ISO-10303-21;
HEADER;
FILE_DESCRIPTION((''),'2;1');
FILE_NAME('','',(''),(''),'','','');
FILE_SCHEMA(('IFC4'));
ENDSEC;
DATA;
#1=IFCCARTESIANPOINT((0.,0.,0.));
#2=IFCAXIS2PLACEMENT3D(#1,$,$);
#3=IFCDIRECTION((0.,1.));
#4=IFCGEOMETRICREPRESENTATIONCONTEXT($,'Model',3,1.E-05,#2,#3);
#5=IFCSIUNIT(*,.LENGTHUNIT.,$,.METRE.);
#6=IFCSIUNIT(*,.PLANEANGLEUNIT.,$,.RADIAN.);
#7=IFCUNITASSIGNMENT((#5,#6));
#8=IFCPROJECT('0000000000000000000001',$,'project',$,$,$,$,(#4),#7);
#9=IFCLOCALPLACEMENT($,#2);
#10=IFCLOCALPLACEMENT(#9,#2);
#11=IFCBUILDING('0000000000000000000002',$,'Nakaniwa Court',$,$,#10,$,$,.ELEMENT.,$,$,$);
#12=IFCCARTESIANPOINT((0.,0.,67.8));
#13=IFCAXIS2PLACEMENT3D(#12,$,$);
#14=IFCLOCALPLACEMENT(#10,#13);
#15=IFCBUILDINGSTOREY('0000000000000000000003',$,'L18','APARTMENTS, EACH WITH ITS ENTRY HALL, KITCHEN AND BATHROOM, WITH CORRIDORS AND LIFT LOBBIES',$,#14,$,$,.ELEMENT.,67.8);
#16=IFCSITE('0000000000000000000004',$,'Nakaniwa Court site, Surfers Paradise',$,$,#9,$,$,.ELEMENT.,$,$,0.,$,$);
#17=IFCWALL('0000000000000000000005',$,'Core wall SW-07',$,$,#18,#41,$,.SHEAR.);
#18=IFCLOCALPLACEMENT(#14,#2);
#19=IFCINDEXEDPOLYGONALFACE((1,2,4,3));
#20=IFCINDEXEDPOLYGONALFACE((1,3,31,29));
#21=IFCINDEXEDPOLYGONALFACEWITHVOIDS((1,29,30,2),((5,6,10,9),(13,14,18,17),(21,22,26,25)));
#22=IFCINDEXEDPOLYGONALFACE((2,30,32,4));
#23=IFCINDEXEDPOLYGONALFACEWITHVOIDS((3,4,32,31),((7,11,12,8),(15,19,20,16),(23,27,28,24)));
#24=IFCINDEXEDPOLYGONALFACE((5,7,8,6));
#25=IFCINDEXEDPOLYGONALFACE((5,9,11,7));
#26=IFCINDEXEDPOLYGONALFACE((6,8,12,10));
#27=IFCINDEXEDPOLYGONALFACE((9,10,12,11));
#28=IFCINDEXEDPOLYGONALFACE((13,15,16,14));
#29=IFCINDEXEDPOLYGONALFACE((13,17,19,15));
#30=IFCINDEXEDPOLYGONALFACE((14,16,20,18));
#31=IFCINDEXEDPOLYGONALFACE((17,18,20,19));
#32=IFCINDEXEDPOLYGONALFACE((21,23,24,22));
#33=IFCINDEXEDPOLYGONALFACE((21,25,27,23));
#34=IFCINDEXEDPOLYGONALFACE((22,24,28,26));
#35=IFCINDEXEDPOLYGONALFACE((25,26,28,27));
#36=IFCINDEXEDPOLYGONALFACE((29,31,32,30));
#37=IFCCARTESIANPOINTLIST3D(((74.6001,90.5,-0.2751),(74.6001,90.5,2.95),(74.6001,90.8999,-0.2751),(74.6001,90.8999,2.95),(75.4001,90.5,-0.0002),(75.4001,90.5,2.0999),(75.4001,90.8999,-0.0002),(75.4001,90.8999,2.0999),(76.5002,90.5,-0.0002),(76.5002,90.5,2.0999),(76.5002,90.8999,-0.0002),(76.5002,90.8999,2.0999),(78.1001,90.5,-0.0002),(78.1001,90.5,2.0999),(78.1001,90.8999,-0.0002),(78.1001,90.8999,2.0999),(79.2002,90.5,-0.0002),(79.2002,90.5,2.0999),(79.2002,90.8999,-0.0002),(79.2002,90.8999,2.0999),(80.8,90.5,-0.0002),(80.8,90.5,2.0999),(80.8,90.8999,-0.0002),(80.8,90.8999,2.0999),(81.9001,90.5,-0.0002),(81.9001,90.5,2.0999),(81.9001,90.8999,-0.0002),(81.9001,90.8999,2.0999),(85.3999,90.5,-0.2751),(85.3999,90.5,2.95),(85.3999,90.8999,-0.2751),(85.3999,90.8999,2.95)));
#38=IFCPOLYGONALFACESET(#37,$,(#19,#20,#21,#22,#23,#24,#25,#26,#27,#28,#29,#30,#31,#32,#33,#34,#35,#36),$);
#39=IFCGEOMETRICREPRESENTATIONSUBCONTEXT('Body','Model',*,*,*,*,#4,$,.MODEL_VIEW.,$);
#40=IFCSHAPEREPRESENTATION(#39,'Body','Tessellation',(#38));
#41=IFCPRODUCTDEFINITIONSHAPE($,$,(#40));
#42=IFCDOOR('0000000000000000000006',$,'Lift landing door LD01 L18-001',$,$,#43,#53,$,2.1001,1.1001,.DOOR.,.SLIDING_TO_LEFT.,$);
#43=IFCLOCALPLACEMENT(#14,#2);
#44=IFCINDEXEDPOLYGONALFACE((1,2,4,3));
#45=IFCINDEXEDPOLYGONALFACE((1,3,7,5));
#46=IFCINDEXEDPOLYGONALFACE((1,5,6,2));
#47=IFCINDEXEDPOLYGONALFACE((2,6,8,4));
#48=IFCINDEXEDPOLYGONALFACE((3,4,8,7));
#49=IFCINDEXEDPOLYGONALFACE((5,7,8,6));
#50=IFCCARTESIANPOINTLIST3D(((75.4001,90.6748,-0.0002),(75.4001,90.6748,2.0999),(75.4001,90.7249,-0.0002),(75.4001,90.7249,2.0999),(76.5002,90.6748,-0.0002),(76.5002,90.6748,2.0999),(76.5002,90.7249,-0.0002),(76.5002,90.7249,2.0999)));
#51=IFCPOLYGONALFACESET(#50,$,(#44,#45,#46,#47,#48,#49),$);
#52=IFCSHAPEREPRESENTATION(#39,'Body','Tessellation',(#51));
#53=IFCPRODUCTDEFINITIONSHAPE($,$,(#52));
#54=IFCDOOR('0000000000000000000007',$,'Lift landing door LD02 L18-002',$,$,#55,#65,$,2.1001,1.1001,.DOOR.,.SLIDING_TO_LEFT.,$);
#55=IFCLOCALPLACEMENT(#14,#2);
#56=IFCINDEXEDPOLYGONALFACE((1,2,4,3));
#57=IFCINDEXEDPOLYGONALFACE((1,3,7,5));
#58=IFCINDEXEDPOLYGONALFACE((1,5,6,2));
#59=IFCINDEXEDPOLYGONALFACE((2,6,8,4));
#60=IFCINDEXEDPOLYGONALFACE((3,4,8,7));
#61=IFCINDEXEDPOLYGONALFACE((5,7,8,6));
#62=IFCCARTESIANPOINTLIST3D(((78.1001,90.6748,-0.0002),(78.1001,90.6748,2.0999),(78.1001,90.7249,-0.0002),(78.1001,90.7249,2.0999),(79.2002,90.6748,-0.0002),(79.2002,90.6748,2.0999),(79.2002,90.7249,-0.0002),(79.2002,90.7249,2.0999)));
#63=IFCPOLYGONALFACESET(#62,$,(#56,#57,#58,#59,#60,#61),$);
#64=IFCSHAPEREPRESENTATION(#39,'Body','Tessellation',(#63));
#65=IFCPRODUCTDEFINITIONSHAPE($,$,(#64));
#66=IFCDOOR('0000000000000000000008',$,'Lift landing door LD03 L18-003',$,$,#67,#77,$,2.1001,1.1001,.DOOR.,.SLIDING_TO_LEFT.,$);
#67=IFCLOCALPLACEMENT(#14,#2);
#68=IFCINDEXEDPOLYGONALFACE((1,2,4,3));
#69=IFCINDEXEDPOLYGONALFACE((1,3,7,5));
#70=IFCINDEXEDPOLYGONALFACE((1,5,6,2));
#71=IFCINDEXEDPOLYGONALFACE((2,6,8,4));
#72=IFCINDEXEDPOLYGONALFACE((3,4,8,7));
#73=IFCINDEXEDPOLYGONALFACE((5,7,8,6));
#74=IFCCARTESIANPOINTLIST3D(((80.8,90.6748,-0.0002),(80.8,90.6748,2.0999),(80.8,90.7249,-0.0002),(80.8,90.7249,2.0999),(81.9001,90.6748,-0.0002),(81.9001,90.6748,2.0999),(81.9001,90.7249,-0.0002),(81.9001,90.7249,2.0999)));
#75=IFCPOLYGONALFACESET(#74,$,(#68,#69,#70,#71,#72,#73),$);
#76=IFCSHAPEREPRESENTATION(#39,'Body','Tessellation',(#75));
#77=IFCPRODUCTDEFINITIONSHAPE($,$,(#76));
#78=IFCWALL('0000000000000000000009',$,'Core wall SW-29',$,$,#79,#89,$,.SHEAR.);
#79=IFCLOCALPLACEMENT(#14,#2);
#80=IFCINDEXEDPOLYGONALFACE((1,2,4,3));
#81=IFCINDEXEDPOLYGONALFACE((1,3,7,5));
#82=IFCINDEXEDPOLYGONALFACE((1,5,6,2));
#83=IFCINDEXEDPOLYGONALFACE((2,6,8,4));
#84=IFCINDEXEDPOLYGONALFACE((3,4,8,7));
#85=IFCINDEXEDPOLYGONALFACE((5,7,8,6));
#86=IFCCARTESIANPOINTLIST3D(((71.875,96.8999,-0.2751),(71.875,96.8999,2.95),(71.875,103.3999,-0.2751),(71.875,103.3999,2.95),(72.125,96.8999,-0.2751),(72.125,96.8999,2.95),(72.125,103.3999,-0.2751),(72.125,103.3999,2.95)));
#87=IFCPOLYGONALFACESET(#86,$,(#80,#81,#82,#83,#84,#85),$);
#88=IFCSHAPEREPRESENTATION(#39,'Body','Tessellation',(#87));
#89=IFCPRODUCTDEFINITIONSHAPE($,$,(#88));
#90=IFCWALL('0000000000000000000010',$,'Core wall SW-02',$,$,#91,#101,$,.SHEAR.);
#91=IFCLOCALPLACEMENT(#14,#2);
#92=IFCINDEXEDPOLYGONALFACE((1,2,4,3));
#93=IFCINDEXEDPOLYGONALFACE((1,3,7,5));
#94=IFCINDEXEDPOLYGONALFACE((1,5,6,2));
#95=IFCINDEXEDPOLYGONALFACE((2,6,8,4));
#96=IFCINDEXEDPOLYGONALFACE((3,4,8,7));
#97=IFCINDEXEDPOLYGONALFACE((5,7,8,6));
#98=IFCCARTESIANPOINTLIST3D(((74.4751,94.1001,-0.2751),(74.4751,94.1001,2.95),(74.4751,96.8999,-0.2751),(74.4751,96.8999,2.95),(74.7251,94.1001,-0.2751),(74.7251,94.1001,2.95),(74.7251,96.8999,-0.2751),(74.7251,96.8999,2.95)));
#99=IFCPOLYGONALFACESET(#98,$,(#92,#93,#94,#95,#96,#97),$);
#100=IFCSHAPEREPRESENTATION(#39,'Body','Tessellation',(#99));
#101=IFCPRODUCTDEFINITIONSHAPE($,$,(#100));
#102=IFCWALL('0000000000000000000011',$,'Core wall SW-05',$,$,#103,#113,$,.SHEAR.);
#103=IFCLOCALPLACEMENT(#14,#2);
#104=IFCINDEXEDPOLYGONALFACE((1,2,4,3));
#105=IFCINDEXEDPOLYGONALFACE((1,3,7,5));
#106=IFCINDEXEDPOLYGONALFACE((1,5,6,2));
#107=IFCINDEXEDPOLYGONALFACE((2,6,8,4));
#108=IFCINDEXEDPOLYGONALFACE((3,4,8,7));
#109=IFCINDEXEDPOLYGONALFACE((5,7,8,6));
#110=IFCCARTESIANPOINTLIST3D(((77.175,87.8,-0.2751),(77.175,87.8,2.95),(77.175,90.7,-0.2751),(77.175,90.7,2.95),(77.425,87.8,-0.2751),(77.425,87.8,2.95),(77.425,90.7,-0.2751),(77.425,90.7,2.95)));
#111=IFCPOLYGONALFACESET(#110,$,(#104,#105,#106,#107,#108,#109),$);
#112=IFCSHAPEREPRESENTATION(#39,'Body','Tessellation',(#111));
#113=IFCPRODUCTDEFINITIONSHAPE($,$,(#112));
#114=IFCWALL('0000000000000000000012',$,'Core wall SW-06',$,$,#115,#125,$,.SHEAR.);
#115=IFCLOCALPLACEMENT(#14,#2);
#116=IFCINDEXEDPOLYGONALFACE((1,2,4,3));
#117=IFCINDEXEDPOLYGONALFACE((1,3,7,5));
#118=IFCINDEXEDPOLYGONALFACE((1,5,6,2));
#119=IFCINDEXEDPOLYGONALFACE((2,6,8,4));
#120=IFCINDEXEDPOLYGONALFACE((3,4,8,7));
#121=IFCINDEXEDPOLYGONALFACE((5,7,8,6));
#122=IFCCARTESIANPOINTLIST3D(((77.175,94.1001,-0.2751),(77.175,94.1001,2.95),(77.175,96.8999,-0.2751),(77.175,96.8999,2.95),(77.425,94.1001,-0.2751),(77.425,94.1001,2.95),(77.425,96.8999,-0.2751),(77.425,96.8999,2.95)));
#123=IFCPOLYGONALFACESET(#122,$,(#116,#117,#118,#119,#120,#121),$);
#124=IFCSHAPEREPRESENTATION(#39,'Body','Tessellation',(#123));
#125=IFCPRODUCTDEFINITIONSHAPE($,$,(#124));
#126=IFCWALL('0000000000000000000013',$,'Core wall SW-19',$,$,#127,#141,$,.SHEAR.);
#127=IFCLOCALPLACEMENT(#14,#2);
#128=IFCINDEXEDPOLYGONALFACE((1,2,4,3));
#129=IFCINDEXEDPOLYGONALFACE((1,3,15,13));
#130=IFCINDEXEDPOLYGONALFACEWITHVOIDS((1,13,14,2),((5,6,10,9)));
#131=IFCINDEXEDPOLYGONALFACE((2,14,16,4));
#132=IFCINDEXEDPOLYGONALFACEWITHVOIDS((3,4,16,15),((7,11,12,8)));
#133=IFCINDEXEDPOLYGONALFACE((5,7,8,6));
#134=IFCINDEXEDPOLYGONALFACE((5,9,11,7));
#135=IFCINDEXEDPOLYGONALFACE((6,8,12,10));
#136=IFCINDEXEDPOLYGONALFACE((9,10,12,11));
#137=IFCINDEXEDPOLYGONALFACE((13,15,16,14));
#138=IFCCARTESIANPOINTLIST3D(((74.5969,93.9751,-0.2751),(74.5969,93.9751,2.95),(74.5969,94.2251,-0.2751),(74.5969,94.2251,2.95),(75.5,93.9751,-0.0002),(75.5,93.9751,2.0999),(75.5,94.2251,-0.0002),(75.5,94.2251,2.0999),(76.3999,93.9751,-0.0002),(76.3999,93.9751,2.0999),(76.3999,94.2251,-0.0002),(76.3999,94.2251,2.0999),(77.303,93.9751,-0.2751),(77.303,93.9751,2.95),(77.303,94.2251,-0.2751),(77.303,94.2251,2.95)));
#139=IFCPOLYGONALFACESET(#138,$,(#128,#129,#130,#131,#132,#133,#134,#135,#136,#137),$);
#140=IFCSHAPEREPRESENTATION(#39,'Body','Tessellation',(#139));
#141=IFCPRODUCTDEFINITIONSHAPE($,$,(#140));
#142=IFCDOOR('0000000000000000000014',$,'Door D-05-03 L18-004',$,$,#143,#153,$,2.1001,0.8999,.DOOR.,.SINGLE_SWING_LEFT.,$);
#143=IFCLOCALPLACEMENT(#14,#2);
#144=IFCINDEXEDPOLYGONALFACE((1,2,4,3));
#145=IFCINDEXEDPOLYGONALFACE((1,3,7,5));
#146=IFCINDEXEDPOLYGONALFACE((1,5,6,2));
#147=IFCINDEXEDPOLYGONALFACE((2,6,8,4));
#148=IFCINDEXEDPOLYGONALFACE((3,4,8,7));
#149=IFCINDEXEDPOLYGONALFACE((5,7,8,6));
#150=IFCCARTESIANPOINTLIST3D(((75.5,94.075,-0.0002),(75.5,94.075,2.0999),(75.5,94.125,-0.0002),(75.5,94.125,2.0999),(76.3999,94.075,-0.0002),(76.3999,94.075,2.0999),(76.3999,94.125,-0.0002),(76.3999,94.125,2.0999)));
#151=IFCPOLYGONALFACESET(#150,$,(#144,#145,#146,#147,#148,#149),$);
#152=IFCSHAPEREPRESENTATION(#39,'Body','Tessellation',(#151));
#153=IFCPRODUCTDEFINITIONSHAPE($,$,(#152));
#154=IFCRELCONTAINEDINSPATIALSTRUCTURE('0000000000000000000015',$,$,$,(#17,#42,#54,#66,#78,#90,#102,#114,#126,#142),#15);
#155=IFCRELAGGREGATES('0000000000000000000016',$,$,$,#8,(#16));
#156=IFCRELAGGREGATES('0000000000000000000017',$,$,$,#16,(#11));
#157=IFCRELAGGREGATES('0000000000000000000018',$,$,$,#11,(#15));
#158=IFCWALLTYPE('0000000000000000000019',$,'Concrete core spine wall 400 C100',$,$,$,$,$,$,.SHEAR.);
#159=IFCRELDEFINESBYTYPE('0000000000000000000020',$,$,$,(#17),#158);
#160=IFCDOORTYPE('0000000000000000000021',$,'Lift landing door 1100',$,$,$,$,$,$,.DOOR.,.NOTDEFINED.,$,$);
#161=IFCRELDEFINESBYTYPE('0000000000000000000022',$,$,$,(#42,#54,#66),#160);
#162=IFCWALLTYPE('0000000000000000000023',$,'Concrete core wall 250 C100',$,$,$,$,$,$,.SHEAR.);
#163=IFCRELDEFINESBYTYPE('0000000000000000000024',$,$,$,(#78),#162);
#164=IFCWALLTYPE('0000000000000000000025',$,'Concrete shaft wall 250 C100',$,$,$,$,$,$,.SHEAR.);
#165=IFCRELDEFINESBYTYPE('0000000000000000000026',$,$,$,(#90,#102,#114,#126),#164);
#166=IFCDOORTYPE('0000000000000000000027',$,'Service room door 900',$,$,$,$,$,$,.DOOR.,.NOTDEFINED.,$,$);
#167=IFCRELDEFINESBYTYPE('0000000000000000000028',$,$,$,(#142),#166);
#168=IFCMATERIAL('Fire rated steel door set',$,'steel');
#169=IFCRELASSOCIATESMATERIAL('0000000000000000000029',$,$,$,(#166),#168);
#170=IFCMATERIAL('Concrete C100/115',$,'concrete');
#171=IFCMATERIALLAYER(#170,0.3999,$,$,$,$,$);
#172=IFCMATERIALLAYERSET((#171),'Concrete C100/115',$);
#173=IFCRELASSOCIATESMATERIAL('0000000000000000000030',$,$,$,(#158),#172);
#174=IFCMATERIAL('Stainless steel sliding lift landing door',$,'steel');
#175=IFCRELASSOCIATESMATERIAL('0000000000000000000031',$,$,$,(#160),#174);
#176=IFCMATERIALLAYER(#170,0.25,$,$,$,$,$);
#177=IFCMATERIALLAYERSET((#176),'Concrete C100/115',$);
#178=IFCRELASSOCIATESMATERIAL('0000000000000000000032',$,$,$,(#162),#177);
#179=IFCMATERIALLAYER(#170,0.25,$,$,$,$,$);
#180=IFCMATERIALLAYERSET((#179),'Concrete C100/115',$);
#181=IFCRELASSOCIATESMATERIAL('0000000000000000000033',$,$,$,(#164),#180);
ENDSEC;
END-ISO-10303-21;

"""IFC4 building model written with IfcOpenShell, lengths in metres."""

from ifc_helpers import new_model, si_unit, direction, frame, frame_2d, origin, place, context, subcontext, project, spatial, rectangle, extrude, material, layer, layer_set, type_object, element, fill, save


model = new_model("IFC4")

# Units and contexts
model_context = context("Model", 3, precision=1e-05, world=origin(), true_north=direction((0.0, 1.0)))
body_context = subcontext(model_context, "Body", "Model", "MODEL_VIEW")
ifc_project = project(units=[si_unit("LENGTHUNIT", "METRE"), si_unit("PLANEANGLEUNIT", "RADIAN")], contexts=[model_context])

# Site, building, storey
site_placement = place(None, origin())
site = spatial("IfcSite", under=ifc_project, at=site_placement, Name="Nakaniwa Court site, Surfers Paradise", CompositionType="ELEMENT", RefElevation=0.0)
building_placement = place(site_placement, origin())
building = spatial("IfcBuilding", under=site, at=building_placement, Name="Nakaniwa Court", CompositionType="ELEMENT")
storey_placement = place(building_placement, frame((0.0, 0.0, 67.8)))
storey = spatial("IfcBuildingStorey", under=building, at=storey_placement, Name="L18", Description="APARTMENTS, EACH WITH ITS ENTRY HALL, KITCHEN AND BATHROOM, WITH CORRIDORS AND LIFT LOBBIES", CompositionType="ELEMENT", Elevation=67.8)

# Shared definitions
ifc_material_1 = material(Name="Fire rated steel door set", Category="steel")
door_type_1 = type_object("IfcDoorType", Name="Service room door 900", OperationType="NOTDEFINED", PredefinedType="DOOR", material=ifc_material_1)

# Wall, openings, doors
ifc_material_2 = material(Name="Concrete C100/115", Category="concrete")
ifc_layer_1 = layer(ifc_material_2, 0.3999)
ifc_layer_set_1 = layer_set([ifc_layer_1], Name="Concrete C100/115")
wall_type_1 = type_object("IfcWallType", Name="Concrete core spine wall 400 C100", PredefinedType="SHEAR", material=ifc_layer_set_1)
wall_1_placement = place(storey_placement, frame((74.6001, 90.7, -0.2751), z_axis=(0.0, 0.0, 1.0), x_axis=(1.0, 0.0, 0.0)))
wall_1 = element("IfcWall", 1, at=wall_1_placement, inside=storey, type_object=wall_type_1, Name="Core wall SW-07", PredefinedType="SHEAR", context=body_context, shape_type="SweptSolid", body=[
    extrude(rectangle(XDim=10.7998, YDim=0.3999, at=frame_2d((5.3999, 0.0))), origin(), (0.0, 0.0, 1.0), 3.2251),
])
opening_1_placement = place(wall_1_placement, frame((0.8, 0.0, 0.2749)))
opening_1 = element("IfcOpeningElement", 2, at=opening_1_placement, cuts=wall_1, PredefinedType="OPENING", context=body_context, shape_type="SweptSolid", body=[
    extrude(rectangle(XDim=1.1001, YDim=2.1001, at=frame_2d((0.55, 1.05))), frame((0.0, 0.21, 0.0), z_axis=(0.0, -1.0, 0.0), x_axis=(1.0, 0.0, 0.0)), (0.0, 0.0, 1.0), 0.4199),
])
opening_2_placement = place(wall_1_placement, frame((3.5, 0.0, 0.2749)))
opening_2 = element("IfcOpeningElement", 3, at=opening_2_placement, cuts=wall_1, PredefinedType="OPENING", context=body_context, shape_type="SweptSolid", body=[
    extrude(rectangle(XDim=1.1001, YDim=2.1001, at=frame_2d((0.55, 1.05))), frame((0.0, 0.21, 0.0), z_axis=(0.0, -1.0, 0.0), x_axis=(1.0, 0.0, 0.0)), (0.0, 0.0, 1.0), 0.4199),
])
opening_3_placement = place(wall_1_placement, frame((6.2, 0.0, 0.2749)))
opening_3 = element("IfcOpeningElement", 4, at=opening_3_placement, cuts=wall_1, PredefinedType="OPENING", context=body_context, shape_type="SweptSolid", body=[
    extrude(rectangle(XDim=1.1001, YDim=2.1001, at=frame_2d((0.55, 1.05))), frame((0.0, 0.21, 0.0), z_axis=(0.0, -1.0, 0.0), x_axis=(1.0, 0.0, 0.0)), (0.0, 0.0, 1.0), 0.4199),
])
ifc_material_3 = material(Name="Stainless steel sliding lift landing door", Category="steel")
door_type_2 = type_object("IfcDoorType", Name="Lift landing door 1100", OperationType="NOTDEFINED", PredefinedType="DOOR", material=ifc_material_3)
door_1_placement = place(opening_1_placement, origin())
door_1 = element("IfcDoor", 5, at=door_1_placement, inside=storey, type_object=door_type_2, Name="Lift landing door LD01 L18-001", OperationType="SLIDING_TO_LEFT", OverallHeight=2.1001, OverallWidth=1.1001, PredefinedType="DOOR", context=body_context, shape_type="SweptSolid", body=[
    extrude(rectangle(XDim=1.1001, YDim=2.1001, at=frame_2d((0.55, 1.05))), frame((0.0, 0.0249, 0.0), z_axis=(0.0, -1.0, 0.0), x_axis=(1.0, 0.0, 0.0)), (0.0, 0.0, 1.0), 0.05),
])
fill(opening_1, door_1)
door_2_placement = place(opening_2_placement, origin())
door_2 = element("IfcDoor", 6, at=door_2_placement, inside=storey, type_object=door_type_2, Name="Lift landing door LD02 L18-002", OperationType="SLIDING_TO_LEFT", OverallHeight=2.1001, OverallWidth=1.1001, PredefinedType="DOOR", context=body_context, shape_type="SweptSolid", body=[
    extrude(rectangle(XDim=1.1001, YDim=2.1001, at=frame_2d((0.55, 1.05))), frame((0.0, 0.0249, 0.0), z_axis=(0.0, -1.0, 0.0), x_axis=(1.0, 0.0, 0.0)), (0.0, 0.0, 1.0), 0.05),
])
fill(opening_2, door_2)
door_3_placement = place(opening_3_placement, origin())
door_3 = element("IfcDoor", 7, at=door_3_placement, inside=storey, type_object=door_type_2, Name="Lift landing door LD03 L18-003", OperationType="SLIDING_TO_LEFT", OverallHeight=2.1001, OverallWidth=1.1001, PredefinedType="DOOR", context=body_context, shape_type="SweptSolid", body=[
    extrude(rectangle(XDim=1.1001, YDim=2.1001, at=frame_2d((0.55, 1.05))), frame((0.0, 0.0249, 0.0), z_axis=(0.0, -1.0, 0.0), x_axis=(1.0, 0.0, 0.0)), (0.0, 0.0, 1.0), 0.05),
])
fill(opening_3, door_3)

# Walls
ifc_layer_2 = layer(ifc_material_2, 0.25)
ifc_layer_set_2 = layer_set([ifc_layer_2], Name="Concrete C100/115")
wall_type_2 = type_object("IfcWallType", Name="Concrete core wall 250 C100", PredefinedType="SHEAR", material=ifc_layer_set_2)
wall_2_placement = place(storey_placement, frame((72.0, 96.8999, -0.2751), z_axis=(0.0, 0.0, 1.0), x_axis=(0.0, 1.0, 0.0)))
element("IfcWall", 8, at=wall_2_placement, inside=storey, type_object=wall_type_2, Name="Core wall SW-29", PredefinedType="SHEAR", context=body_context, shape_type="SweptSolid", body=[
    extrude(rectangle(XDim=6.5, YDim=0.25, at=frame_2d((3.25, 0.0))), origin(), (0.0, 0.0, 1.0), 3.2251),
])
ifc_layer_3 = layer(ifc_material_2, 0.25)
ifc_layer_set_3 = layer_set([ifc_layer_3], Name="Concrete C100/115")
wall_type_3 = type_object("IfcWallType", Name="Concrete shaft wall 250 C100", PredefinedType="SHEAR", material=ifc_layer_set_3)
wall_3_placement = place(storey_placement, frame((74.6001, 94.1001, -0.2751), z_axis=(0.0, 0.0, 1.0), x_axis=(0.0, 1.0, 0.0)))
element("IfcWall", 9, at=wall_3_placement, inside=storey, type_object=wall_type_3, Name="Core wall SW-02", PredefinedType="SHEAR", context=body_context, shape_type="SweptSolid", body=[
    extrude(rectangle(XDim=2.7998, YDim=0.25, at=frame_2d((1.3999, 0.0))), origin(), (0.0, 0.0, 1.0), 3.2251),
])
wall_4_placement = place(storey_placement, frame((77.3, 87.8, -0.2751), z_axis=(0.0, 0.0, 1.0), x_axis=(0.0, 1.0, 0.0)))
element("IfcWall", 10, at=wall_4_placement, inside=storey, type_object=wall_type_3, Name="Core wall SW-05", PredefinedType="SHEAR", context=body_context, shape_type="SweptSolid", body=[
    extrude(rectangle(XDim=2.8999, YDim=0.25, at=frame_2d((1.45, 0.0))), origin(), (0.0, 0.0, 1.0), 3.2251),
])
wall_5_placement = place(storey_placement, frame((77.3, 94.1001, -0.2751), z_axis=(0.0, 0.0, 1.0), x_axis=(0.0, 1.0, 0.0)))
element("IfcWall", 11, at=wall_5_placement, inside=storey, type_object=wall_type_3, Name="Core wall SW-06", PredefinedType="SHEAR", context=body_context, shape_type="SweptSolid", body=[
    extrude(rectangle(XDim=2.7998, YDim=0.25, at=frame_2d((1.3999, 0.0))), origin(), (0.0, 0.0, 1.0), 3.2251),
])

# Wall, opening, door
wall_6_placement = place(storey_placement, frame((74.5969, 94.1001, -0.2751), z_axis=(0.0, 0.0, 1.0), x_axis=(1.0, 0.0, 0.0)))
wall_6 = element("IfcWall", 12, at=wall_6_placement, inside=storey, type_object=wall_type_3, Name="Core wall SW-19", PredefinedType="SHEAR", context=body_context, shape_type="SweptSolid", body=[
    extrude(rectangle(XDim=2.7061, YDim=0.25, at=frame_2d((1.353, 0.0))), origin(), (0.0, 0.0, 1.0), 3.2251),
])
opening_4_placement = place(wall_6_placement, frame((0.9031, 0.0, 0.2749)))
opening_4 = element("IfcOpeningElement", 13, at=opening_4_placement, cuts=wall_6, PredefinedType="OPENING", context=body_context, shape_type="SweptSolid", body=[
    extrude(rectangle(XDim=0.8999, YDim=2.1001, at=frame_2d((0.45, 1.05))), frame((0.0, 0.135, 0.0), z_axis=(0.0, -1.0, 0.0), x_axis=(1.0, 0.0, 0.0)), (0.0, 0.0, 1.0), 0.27),
])
door_4_placement = place(opening_4_placement, origin())
door_4 = element("IfcDoor", 14, at=door_4_placement, inside=storey, type_object=door_type_1, Name="Door D-05-03 L18-004", OperationType="SINGLE_SWING_LEFT", OverallHeight=2.1001, OverallWidth=0.8999, PredefinedType="DOOR", context=body_context, shape_type="SweptSolid", body=[
    extrude(rectangle(XDim=0.8999, YDim=2.1001, at=frame_2d((0.45, 1.05))), frame((0.0, 0.0249, 0.0), z_axis=(0.0, -1.0, 0.0), x_axis=(1.0, 0.0, 0.0)), (0.0, 0.0, 1.0), 0.05),
])
fill(opening_4, door_4)

save(model, "model.ifc")
